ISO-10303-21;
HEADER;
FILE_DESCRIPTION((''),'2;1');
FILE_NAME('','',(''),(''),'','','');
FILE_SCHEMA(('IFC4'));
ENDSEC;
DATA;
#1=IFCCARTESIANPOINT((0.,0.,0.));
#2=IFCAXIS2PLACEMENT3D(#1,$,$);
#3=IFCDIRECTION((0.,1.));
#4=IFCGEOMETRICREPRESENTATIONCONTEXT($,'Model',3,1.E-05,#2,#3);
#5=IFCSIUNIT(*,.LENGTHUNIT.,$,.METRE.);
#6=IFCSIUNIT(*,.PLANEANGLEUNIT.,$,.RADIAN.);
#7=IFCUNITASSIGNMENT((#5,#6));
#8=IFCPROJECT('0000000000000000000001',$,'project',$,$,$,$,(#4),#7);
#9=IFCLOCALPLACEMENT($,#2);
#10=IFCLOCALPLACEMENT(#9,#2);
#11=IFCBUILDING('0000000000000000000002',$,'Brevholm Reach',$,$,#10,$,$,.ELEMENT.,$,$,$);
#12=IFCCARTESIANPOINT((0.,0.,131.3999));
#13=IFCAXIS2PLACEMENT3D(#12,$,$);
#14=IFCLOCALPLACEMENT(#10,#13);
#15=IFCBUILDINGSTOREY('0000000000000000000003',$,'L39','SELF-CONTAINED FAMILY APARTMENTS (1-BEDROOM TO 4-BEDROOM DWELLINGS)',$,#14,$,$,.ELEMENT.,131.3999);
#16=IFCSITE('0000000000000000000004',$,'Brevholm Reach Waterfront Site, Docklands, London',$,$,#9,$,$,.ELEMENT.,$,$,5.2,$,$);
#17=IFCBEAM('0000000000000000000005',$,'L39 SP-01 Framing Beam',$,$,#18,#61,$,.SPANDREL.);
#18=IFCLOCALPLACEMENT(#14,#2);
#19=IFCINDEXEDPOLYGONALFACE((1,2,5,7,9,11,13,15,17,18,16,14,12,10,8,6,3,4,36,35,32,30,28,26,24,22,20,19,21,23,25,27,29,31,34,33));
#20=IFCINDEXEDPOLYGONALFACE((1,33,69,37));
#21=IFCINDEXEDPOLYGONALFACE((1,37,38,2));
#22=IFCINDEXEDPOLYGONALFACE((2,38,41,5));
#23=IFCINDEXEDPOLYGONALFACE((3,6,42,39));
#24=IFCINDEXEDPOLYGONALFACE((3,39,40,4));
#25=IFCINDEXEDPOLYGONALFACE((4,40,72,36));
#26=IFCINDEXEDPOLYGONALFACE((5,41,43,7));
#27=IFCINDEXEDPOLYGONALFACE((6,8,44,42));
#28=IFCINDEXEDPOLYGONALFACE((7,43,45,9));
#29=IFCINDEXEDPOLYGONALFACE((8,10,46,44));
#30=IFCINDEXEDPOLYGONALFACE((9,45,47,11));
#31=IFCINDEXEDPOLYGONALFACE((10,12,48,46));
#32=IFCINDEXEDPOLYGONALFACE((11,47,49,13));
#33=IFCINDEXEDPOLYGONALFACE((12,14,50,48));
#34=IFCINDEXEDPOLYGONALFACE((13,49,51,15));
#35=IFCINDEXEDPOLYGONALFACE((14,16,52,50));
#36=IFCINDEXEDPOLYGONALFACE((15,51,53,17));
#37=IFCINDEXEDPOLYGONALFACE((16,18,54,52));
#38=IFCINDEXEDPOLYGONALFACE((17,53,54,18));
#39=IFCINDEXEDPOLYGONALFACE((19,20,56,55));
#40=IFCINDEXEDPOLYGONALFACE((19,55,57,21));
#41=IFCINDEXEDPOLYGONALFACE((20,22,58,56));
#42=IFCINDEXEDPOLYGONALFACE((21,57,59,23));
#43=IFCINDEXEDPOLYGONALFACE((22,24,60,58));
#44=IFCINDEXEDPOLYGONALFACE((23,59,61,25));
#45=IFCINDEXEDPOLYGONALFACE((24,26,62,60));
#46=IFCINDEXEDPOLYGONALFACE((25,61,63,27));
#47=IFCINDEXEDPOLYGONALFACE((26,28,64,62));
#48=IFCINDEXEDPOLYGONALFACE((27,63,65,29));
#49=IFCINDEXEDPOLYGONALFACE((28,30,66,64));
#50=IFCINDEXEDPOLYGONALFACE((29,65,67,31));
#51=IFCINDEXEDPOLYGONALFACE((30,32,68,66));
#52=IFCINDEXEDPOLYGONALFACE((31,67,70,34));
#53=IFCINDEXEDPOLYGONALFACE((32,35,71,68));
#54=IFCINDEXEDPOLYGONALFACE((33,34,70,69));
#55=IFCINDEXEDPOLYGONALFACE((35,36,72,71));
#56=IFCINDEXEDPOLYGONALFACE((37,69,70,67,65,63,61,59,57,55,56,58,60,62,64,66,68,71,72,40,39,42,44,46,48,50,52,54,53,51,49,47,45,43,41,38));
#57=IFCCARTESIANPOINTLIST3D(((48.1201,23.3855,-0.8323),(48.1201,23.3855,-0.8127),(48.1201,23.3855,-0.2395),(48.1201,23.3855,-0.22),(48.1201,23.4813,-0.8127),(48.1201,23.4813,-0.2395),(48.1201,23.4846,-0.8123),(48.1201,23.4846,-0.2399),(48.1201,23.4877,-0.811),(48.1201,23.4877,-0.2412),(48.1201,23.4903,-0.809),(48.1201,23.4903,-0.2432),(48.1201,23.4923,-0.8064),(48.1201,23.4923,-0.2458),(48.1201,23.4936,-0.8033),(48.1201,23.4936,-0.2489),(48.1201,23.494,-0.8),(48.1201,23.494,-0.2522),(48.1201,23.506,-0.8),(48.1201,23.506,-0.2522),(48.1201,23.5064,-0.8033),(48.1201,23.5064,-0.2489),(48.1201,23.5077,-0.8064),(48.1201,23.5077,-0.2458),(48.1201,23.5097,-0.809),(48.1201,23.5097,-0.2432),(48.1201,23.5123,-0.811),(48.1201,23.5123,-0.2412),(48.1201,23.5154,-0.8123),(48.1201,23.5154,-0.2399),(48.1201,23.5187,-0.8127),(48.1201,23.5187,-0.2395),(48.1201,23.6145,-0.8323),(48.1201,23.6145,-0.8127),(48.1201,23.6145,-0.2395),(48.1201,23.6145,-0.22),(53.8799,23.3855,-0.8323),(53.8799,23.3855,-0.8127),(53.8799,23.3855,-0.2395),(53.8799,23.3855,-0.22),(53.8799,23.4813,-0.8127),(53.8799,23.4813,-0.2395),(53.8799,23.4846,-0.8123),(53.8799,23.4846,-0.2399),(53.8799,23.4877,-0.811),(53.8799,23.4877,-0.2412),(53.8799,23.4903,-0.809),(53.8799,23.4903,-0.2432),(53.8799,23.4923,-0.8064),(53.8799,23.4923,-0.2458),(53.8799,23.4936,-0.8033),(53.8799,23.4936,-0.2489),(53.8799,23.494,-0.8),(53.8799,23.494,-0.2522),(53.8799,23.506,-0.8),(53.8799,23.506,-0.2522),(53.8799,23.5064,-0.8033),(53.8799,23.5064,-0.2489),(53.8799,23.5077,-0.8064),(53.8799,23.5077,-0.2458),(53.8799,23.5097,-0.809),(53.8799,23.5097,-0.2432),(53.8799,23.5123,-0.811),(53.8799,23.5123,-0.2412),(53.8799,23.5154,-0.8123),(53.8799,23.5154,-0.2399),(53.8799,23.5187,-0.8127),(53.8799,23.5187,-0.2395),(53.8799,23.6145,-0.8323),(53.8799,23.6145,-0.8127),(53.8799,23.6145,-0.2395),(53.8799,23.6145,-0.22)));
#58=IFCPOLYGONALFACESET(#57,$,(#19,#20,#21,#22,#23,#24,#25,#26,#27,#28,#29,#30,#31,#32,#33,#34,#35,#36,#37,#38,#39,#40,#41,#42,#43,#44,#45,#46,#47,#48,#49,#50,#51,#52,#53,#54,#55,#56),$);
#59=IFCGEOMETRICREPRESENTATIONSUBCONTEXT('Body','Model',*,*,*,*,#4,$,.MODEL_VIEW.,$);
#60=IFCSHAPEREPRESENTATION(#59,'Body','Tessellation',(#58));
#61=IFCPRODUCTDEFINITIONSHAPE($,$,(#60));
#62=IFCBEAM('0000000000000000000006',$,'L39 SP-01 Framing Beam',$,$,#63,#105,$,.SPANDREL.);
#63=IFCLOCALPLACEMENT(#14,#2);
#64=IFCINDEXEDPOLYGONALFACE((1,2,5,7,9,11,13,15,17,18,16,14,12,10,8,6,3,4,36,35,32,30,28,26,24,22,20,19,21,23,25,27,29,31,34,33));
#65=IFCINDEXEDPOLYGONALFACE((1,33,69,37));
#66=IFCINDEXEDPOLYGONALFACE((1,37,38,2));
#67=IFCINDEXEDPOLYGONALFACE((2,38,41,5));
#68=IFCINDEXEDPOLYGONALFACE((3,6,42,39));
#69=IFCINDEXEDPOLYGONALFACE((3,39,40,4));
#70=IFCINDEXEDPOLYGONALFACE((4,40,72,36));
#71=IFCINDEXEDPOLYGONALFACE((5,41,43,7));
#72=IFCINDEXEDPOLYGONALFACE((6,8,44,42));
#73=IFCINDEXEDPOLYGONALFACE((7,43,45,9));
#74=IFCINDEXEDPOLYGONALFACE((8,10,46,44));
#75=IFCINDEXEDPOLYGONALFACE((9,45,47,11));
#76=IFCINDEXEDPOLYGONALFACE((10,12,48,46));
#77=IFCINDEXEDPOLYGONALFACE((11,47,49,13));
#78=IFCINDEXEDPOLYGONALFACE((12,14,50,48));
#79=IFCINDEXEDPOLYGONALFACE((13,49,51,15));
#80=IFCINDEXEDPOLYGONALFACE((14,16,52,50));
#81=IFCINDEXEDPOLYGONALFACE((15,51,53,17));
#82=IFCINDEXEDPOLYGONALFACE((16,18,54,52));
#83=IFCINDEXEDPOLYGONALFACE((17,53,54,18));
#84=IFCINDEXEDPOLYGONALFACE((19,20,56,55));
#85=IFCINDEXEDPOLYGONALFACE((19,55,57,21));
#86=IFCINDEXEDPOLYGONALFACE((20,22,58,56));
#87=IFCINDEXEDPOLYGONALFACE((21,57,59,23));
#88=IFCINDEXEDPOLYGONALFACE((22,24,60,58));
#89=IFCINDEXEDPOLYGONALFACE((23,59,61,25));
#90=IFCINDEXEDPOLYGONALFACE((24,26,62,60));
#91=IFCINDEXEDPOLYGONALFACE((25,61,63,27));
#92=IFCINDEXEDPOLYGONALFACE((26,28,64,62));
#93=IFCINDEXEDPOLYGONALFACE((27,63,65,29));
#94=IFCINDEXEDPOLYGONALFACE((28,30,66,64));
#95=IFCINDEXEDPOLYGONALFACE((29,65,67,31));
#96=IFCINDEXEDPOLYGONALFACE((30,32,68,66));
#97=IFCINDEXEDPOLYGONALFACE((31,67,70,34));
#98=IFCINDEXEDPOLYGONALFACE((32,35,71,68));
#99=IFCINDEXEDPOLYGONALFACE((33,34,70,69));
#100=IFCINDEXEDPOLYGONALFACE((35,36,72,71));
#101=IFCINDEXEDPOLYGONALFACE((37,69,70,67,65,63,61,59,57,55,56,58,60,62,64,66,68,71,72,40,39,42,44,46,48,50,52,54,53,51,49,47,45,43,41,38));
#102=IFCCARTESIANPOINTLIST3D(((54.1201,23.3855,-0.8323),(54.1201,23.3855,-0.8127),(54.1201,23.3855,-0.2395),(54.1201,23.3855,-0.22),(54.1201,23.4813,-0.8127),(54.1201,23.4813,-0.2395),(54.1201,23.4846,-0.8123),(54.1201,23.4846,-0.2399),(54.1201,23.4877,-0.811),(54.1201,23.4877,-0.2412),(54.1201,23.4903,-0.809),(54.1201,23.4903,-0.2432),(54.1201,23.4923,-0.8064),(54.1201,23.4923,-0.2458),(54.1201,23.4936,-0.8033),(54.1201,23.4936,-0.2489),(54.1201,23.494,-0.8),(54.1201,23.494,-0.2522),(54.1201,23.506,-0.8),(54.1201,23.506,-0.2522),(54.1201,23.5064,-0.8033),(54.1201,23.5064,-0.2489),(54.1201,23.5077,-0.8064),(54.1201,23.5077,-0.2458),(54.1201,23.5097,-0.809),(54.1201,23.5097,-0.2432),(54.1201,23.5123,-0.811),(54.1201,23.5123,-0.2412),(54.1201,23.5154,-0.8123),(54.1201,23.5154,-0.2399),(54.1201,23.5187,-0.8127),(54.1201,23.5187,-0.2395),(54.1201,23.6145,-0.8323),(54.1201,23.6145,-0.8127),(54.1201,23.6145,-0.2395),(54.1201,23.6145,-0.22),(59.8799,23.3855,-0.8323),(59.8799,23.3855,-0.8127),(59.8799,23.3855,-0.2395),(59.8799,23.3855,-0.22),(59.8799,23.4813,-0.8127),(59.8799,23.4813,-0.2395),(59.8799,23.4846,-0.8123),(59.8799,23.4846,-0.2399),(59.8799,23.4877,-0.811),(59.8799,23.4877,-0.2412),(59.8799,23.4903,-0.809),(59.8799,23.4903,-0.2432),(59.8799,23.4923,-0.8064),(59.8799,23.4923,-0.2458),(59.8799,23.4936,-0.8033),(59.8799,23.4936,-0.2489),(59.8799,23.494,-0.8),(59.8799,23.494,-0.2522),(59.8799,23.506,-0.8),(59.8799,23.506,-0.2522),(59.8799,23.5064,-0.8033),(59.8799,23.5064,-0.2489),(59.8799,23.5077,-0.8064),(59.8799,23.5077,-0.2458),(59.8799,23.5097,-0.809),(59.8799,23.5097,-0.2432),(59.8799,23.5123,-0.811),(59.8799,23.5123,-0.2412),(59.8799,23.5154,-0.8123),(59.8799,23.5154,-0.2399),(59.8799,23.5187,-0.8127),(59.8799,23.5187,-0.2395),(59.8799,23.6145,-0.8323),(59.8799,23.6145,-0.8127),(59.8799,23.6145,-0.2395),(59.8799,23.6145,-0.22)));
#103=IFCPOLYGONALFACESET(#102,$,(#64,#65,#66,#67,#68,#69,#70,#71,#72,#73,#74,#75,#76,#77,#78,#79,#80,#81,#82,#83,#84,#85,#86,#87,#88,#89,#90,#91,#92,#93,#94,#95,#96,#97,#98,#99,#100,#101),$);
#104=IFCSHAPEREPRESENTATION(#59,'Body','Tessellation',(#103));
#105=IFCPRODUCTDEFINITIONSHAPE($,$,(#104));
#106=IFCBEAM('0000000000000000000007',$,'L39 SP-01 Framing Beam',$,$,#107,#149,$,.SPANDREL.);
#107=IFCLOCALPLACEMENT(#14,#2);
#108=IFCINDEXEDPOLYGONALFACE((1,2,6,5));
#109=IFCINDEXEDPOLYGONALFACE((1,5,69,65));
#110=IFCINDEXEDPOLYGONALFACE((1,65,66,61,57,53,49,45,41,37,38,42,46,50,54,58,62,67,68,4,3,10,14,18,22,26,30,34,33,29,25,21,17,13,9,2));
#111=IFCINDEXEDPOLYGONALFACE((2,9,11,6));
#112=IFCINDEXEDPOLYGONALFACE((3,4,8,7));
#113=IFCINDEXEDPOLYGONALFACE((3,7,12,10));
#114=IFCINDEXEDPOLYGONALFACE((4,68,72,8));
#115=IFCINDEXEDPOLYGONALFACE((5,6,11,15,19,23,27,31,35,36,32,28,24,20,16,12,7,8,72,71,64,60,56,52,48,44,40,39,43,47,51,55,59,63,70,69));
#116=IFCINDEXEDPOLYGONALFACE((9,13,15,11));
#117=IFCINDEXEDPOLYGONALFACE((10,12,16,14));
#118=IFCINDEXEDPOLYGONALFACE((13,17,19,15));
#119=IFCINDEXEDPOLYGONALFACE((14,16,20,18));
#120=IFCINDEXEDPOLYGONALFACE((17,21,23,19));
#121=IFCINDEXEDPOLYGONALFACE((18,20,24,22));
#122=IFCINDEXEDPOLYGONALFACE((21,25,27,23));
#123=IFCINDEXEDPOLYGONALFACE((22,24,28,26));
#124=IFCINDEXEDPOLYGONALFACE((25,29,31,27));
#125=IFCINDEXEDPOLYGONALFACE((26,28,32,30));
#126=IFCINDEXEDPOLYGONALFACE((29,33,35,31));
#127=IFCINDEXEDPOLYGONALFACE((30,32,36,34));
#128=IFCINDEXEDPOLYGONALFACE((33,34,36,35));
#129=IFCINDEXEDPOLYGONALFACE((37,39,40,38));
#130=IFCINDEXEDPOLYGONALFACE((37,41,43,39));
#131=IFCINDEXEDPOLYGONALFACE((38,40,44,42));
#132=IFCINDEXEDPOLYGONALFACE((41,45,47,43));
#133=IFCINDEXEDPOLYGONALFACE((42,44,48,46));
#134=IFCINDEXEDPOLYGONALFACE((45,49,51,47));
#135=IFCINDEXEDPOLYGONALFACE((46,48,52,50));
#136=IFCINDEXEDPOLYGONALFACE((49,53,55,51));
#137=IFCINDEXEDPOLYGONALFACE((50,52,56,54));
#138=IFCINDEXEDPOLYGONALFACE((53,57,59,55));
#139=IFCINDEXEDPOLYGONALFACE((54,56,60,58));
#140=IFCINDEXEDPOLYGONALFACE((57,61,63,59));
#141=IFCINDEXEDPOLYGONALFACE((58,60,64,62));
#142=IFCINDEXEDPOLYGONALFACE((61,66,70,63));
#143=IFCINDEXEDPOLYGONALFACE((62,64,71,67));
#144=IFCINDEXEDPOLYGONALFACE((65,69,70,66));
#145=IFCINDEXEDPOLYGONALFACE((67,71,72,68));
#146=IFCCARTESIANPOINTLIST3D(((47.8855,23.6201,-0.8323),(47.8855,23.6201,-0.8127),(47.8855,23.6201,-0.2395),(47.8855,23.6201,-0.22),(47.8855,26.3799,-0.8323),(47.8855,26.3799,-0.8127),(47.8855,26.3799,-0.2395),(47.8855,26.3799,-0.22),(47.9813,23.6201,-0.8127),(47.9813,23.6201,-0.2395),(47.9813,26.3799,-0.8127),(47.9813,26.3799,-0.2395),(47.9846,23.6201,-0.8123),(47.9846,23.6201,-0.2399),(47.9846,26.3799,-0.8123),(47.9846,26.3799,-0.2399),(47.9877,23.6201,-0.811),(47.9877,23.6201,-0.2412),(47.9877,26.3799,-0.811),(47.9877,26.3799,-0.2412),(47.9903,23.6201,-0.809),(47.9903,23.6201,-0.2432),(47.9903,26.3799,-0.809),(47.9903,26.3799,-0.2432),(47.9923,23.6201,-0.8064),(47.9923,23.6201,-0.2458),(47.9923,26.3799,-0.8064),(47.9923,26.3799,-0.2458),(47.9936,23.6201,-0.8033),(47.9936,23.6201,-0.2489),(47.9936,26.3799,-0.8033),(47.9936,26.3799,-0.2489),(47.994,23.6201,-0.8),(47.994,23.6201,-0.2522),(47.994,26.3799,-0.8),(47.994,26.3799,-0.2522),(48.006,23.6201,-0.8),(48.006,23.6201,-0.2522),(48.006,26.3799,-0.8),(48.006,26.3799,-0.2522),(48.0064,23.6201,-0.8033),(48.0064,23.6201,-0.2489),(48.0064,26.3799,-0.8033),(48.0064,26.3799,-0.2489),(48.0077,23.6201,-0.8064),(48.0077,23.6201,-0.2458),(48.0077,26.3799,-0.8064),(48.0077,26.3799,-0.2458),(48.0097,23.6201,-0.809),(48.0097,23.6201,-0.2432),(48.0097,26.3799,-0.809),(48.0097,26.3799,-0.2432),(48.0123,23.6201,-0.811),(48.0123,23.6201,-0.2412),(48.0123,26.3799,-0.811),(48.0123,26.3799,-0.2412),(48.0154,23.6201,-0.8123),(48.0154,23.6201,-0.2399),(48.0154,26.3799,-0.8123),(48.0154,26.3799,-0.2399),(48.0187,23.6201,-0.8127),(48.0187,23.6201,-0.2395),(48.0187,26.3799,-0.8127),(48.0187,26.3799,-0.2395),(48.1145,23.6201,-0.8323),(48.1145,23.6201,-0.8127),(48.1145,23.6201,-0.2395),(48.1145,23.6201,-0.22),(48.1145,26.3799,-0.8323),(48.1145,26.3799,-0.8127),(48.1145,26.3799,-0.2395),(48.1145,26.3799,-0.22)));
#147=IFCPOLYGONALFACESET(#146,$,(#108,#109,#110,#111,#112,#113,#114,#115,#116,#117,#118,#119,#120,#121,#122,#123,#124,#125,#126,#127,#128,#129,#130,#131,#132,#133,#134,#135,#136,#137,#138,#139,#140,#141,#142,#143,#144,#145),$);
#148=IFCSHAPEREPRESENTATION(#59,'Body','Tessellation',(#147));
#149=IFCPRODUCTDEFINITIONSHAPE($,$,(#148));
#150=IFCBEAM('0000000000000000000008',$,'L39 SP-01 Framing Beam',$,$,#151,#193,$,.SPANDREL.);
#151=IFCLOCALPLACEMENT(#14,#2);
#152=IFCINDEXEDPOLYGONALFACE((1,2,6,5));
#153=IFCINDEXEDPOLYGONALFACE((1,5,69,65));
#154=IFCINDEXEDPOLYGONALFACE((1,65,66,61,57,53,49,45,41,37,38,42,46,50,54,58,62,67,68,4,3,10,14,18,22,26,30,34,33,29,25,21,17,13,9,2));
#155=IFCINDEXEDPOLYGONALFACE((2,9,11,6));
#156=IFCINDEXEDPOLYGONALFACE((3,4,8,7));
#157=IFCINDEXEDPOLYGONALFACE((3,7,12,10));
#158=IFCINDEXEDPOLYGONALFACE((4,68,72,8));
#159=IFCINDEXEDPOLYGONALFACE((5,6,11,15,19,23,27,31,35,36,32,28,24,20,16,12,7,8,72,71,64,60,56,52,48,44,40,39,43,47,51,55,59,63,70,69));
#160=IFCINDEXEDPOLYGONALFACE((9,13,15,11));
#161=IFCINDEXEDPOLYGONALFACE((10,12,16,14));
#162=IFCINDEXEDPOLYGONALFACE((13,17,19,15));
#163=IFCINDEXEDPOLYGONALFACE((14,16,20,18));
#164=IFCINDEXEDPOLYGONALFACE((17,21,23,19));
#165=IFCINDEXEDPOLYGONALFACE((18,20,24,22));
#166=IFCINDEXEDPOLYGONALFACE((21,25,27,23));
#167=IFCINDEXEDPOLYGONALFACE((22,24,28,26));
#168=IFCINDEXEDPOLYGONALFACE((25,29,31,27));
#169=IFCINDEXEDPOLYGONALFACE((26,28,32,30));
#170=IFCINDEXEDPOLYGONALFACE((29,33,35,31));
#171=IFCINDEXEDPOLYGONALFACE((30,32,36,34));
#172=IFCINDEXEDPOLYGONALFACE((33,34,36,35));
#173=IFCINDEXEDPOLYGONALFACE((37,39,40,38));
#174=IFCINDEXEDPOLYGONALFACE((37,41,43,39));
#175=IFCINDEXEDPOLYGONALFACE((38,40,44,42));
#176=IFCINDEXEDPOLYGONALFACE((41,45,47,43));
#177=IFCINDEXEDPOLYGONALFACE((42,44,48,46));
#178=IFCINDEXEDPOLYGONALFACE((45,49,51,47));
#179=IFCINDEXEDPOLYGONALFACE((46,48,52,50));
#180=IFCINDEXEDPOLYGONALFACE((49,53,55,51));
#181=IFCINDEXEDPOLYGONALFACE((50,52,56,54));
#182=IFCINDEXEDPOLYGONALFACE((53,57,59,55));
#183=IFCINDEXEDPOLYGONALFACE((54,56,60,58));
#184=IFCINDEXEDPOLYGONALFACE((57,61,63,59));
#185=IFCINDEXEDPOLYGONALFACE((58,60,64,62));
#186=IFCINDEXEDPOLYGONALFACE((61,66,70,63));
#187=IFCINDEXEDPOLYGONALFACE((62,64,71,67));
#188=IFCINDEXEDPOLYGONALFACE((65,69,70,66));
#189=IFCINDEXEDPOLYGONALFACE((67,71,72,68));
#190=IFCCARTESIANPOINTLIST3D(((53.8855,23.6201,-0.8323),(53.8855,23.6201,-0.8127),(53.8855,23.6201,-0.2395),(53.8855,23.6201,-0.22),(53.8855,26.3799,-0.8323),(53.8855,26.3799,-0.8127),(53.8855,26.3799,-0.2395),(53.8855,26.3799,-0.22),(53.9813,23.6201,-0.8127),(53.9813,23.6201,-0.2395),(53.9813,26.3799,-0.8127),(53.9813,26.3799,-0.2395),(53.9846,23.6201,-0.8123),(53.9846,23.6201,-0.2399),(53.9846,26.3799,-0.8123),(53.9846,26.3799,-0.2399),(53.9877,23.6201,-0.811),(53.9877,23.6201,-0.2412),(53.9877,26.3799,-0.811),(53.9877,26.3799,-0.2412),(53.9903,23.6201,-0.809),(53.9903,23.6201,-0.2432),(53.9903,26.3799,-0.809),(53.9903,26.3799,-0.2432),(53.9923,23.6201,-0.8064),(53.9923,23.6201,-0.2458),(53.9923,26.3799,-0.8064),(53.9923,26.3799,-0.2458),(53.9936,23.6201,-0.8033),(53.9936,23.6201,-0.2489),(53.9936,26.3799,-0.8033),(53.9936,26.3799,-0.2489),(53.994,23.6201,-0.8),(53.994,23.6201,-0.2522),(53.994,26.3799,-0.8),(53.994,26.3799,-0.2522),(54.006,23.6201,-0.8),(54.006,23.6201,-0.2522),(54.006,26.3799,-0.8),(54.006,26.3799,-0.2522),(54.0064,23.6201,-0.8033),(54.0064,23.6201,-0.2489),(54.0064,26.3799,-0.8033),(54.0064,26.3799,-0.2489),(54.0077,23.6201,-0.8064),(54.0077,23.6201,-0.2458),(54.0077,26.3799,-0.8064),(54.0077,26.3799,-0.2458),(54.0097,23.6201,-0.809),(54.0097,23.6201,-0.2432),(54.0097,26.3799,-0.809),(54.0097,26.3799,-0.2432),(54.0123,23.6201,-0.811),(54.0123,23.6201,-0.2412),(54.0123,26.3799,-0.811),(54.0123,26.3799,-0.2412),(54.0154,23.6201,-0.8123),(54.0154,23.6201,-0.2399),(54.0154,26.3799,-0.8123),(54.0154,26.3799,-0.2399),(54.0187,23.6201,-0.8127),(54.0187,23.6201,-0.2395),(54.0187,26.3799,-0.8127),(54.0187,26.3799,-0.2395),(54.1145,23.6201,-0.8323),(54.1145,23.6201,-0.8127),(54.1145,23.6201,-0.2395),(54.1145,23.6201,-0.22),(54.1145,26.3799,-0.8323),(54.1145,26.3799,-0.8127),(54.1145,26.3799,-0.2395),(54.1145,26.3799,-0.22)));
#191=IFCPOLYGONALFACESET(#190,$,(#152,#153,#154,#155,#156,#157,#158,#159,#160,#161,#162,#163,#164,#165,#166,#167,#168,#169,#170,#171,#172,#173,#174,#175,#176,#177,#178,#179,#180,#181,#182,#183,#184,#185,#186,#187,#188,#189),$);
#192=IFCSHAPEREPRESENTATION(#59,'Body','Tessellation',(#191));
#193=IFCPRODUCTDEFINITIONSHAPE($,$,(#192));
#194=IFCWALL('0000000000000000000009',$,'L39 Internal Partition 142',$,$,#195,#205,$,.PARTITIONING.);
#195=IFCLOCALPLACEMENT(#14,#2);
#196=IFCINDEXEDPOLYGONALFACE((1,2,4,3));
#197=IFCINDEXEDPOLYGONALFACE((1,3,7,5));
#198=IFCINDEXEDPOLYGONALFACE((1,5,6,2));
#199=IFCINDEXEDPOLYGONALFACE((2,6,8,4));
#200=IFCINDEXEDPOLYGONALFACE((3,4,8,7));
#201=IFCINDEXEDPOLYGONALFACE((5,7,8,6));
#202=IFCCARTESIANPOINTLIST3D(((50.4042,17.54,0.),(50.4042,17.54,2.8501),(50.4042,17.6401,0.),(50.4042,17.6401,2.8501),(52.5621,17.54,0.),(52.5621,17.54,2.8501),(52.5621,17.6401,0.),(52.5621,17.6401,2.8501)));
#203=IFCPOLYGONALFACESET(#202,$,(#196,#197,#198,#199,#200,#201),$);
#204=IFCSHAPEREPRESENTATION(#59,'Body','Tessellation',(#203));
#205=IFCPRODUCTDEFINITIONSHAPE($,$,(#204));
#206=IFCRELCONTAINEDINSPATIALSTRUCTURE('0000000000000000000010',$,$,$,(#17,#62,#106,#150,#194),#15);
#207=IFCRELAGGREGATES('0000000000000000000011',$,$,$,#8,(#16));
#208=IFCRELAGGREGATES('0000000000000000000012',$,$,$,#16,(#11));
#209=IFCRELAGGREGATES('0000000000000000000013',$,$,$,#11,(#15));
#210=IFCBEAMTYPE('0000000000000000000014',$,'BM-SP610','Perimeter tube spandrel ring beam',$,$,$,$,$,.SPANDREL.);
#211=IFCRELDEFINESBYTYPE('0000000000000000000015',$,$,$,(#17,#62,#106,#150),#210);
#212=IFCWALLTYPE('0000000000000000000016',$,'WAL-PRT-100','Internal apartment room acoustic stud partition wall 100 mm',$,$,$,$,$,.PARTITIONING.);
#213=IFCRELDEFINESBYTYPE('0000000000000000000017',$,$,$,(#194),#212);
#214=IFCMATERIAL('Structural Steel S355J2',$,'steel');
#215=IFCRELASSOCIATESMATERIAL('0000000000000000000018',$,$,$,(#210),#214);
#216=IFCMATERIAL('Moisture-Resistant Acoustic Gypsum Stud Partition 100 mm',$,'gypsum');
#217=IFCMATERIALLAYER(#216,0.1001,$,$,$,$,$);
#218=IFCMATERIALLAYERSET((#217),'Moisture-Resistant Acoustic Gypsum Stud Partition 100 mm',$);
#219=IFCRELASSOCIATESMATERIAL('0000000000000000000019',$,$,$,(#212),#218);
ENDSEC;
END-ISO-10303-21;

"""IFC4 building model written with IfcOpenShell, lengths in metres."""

from ifc_helpers import new_model, si_unit, direction, frame, frame_2d, origin, origin_2d, place, context, subcontext, project, spatial, rectangle, i_section, extrude, material, layer, layer_set, material_profile, profile_set, type_object, element, save


model = new_model("IFC4")

# Units and contexts
model_context = context("Model", 3, precision=1e-05, world=origin(), true_north=direction((0.0, 1.0)))
body_context = subcontext(model_context, "Body", "Model", "MODEL_VIEW")
ifc_project = project(units=[si_unit("LENGTHUNIT", "METRE"), si_unit("PLANEANGLEUNIT", "RADIAN")], contexts=[model_context])

# Site, building, storey
site_placement = place(None, origin())
site = spatial("IfcSite", under=ifc_project, at=site_placement, Name="Brevholm Reach Waterfront Site, Docklands, London", CompositionType="ELEMENT", RefElevation=5.2)
building_placement = place(site_placement, origin())
building = spatial("IfcBuilding", under=site, at=building_placement, Name="Brevholm Reach", CompositionType="ELEMENT")
storey_placement = place(building_placement, frame((0.0, 0.0, 131.3999)))
storey = spatial("IfcBuildingStorey", under=building, at=storey_placement, Name="L39", Description="SELF-CONTAINED FAMILY APARTMENTS (1-BEDROOM TO 4-BEDROOM DWELLINGS)", CompositionType="ELEMENT", Elevation=131.3999)

# Beams
ifc_material_1 = material(Name="Structural Steel S355J2", Category="steel")
ifc_material_profile_1 = material_profile(ifc_material_1, i_section(OverallWidth=0.229, OverallDepth=0.6123, WebThickness=0.012, FlangeThickness=0.0195, FilletRadius=0.0127, at=origin_2d()), Name="UKB 610x229x125")
ifc_profile_set_1 = profile_set([ifc_material_profile_1], Name="Structural Steel S355J2")
beam_type_1 = type_object("IfcBeamType", Name="BM-SP610", Description="Perimeter tube spandrel ring beam", PredefinedType="SPANDREL", material=ifc_profile_set_1)
for number, where, z_axis, x_axis, name in (
    (1, (48.1201, 23.5, -0.5261), (1.0, 0.0, 0.0), (0.0, 1.0, 0.0), "L39 SP-01 Framing Beam"),
    (2, (54.1201, 23.5, -0.5261), (1.0, 0.0, 0.0), (0.0, 1.0, 0.0), "L39 SP-01 Framing Beam"),
):
    element("IfcBeam", number, at=place(storey_placement, frame(where, z_axis=z_axis, x_axis=x_axis)), inside=storey, type_object=beam_type_1, Name=name, PredefinedType="SPANDREL", context=body_context, shape_type="SweptSolid", body=[
        extrude(i_section(OverallWidth=0.229, OverallDepth=0.6123, WebThickness=0.012, FlangeThickness=0.0195, FilletRadius=0.0127, at=origin_2d()), origin(), (0.0, 0.0, 1.0), 5.7598),
    ])
for number, where, z_axis, x_axis, name in (
    (3, (48.0, 23.6201, -0.5261), (0.0, 1.0, 0.0), (-1.0, 0.0, 0.0), "L39 SP-01 Framing Beam"),
    (4, (54.0, 23.6201, -0.5261), (0.0, 1.0, 0.0), (-1.0, 0.0, 0.0), "L39 SP-01 Framing Beam"),
):
    element("IfcBeam", number, at=place(storey_placement, frame(where, z_axis=z_axis, x_axis=x_axis)), inside=storey, type_object=beam_type_1, Name=name, PredefinedType="SPANDREL", context=body_context, shape_type="SweptSolid", body=[
        extrude(i_section(OverallWidth=0.229, OverallDepth=0.6123, WebThickness=0.012, FlangeThickness=0.0195, FilletRadius=0.0127, at=origin_2d()), origin(), (0.0, 0.0, 1.0), 2.7598),
    ])

# Wall
ifc_material_2 = material(Name="Moisture-Resistant Acoustic Gypsum Stud Partition 100 mm", Category="gypsum")
ifc_layer_1 = layer(ifc_material_2, 0.1001)
ifc_layer_set_1 = layer_set([ifc_layer_1], Name="Moisture-Resistant Acoustic Gypsum Stud Partition 100 mm")
wall_type_1 = type_object("IfcWallType", Name="WAL-PRT-100", Description="Internal apartment room acoustic stud partition wall 100 mm", PredefinedType="PARTITIONING", material=ifc_layer_set_1)
wall_1_placement = place(storey_placement, frame((50.4041, 17.5901, 0.0), z_axis=(0.0, 0.0, 1.0), x_axis=(1.0, 0.0, 0.0)))
element("IfcWall", 5, at=wall_1_placement, inside=storey, type_object=wall_type_1, Name="L39 Internal Partition 142", PredefinedType="PARTITIONING", context=body_context, shape_type="SweptSolid", body=[
    extrude(rectangle(XDim=2.158, YDim=0.1001, at=frame_2d((1.0791, 0.0))), origin(), (0.0, 0.0, 1.0), 2.8501),
])

save(model, "model.ifc")
